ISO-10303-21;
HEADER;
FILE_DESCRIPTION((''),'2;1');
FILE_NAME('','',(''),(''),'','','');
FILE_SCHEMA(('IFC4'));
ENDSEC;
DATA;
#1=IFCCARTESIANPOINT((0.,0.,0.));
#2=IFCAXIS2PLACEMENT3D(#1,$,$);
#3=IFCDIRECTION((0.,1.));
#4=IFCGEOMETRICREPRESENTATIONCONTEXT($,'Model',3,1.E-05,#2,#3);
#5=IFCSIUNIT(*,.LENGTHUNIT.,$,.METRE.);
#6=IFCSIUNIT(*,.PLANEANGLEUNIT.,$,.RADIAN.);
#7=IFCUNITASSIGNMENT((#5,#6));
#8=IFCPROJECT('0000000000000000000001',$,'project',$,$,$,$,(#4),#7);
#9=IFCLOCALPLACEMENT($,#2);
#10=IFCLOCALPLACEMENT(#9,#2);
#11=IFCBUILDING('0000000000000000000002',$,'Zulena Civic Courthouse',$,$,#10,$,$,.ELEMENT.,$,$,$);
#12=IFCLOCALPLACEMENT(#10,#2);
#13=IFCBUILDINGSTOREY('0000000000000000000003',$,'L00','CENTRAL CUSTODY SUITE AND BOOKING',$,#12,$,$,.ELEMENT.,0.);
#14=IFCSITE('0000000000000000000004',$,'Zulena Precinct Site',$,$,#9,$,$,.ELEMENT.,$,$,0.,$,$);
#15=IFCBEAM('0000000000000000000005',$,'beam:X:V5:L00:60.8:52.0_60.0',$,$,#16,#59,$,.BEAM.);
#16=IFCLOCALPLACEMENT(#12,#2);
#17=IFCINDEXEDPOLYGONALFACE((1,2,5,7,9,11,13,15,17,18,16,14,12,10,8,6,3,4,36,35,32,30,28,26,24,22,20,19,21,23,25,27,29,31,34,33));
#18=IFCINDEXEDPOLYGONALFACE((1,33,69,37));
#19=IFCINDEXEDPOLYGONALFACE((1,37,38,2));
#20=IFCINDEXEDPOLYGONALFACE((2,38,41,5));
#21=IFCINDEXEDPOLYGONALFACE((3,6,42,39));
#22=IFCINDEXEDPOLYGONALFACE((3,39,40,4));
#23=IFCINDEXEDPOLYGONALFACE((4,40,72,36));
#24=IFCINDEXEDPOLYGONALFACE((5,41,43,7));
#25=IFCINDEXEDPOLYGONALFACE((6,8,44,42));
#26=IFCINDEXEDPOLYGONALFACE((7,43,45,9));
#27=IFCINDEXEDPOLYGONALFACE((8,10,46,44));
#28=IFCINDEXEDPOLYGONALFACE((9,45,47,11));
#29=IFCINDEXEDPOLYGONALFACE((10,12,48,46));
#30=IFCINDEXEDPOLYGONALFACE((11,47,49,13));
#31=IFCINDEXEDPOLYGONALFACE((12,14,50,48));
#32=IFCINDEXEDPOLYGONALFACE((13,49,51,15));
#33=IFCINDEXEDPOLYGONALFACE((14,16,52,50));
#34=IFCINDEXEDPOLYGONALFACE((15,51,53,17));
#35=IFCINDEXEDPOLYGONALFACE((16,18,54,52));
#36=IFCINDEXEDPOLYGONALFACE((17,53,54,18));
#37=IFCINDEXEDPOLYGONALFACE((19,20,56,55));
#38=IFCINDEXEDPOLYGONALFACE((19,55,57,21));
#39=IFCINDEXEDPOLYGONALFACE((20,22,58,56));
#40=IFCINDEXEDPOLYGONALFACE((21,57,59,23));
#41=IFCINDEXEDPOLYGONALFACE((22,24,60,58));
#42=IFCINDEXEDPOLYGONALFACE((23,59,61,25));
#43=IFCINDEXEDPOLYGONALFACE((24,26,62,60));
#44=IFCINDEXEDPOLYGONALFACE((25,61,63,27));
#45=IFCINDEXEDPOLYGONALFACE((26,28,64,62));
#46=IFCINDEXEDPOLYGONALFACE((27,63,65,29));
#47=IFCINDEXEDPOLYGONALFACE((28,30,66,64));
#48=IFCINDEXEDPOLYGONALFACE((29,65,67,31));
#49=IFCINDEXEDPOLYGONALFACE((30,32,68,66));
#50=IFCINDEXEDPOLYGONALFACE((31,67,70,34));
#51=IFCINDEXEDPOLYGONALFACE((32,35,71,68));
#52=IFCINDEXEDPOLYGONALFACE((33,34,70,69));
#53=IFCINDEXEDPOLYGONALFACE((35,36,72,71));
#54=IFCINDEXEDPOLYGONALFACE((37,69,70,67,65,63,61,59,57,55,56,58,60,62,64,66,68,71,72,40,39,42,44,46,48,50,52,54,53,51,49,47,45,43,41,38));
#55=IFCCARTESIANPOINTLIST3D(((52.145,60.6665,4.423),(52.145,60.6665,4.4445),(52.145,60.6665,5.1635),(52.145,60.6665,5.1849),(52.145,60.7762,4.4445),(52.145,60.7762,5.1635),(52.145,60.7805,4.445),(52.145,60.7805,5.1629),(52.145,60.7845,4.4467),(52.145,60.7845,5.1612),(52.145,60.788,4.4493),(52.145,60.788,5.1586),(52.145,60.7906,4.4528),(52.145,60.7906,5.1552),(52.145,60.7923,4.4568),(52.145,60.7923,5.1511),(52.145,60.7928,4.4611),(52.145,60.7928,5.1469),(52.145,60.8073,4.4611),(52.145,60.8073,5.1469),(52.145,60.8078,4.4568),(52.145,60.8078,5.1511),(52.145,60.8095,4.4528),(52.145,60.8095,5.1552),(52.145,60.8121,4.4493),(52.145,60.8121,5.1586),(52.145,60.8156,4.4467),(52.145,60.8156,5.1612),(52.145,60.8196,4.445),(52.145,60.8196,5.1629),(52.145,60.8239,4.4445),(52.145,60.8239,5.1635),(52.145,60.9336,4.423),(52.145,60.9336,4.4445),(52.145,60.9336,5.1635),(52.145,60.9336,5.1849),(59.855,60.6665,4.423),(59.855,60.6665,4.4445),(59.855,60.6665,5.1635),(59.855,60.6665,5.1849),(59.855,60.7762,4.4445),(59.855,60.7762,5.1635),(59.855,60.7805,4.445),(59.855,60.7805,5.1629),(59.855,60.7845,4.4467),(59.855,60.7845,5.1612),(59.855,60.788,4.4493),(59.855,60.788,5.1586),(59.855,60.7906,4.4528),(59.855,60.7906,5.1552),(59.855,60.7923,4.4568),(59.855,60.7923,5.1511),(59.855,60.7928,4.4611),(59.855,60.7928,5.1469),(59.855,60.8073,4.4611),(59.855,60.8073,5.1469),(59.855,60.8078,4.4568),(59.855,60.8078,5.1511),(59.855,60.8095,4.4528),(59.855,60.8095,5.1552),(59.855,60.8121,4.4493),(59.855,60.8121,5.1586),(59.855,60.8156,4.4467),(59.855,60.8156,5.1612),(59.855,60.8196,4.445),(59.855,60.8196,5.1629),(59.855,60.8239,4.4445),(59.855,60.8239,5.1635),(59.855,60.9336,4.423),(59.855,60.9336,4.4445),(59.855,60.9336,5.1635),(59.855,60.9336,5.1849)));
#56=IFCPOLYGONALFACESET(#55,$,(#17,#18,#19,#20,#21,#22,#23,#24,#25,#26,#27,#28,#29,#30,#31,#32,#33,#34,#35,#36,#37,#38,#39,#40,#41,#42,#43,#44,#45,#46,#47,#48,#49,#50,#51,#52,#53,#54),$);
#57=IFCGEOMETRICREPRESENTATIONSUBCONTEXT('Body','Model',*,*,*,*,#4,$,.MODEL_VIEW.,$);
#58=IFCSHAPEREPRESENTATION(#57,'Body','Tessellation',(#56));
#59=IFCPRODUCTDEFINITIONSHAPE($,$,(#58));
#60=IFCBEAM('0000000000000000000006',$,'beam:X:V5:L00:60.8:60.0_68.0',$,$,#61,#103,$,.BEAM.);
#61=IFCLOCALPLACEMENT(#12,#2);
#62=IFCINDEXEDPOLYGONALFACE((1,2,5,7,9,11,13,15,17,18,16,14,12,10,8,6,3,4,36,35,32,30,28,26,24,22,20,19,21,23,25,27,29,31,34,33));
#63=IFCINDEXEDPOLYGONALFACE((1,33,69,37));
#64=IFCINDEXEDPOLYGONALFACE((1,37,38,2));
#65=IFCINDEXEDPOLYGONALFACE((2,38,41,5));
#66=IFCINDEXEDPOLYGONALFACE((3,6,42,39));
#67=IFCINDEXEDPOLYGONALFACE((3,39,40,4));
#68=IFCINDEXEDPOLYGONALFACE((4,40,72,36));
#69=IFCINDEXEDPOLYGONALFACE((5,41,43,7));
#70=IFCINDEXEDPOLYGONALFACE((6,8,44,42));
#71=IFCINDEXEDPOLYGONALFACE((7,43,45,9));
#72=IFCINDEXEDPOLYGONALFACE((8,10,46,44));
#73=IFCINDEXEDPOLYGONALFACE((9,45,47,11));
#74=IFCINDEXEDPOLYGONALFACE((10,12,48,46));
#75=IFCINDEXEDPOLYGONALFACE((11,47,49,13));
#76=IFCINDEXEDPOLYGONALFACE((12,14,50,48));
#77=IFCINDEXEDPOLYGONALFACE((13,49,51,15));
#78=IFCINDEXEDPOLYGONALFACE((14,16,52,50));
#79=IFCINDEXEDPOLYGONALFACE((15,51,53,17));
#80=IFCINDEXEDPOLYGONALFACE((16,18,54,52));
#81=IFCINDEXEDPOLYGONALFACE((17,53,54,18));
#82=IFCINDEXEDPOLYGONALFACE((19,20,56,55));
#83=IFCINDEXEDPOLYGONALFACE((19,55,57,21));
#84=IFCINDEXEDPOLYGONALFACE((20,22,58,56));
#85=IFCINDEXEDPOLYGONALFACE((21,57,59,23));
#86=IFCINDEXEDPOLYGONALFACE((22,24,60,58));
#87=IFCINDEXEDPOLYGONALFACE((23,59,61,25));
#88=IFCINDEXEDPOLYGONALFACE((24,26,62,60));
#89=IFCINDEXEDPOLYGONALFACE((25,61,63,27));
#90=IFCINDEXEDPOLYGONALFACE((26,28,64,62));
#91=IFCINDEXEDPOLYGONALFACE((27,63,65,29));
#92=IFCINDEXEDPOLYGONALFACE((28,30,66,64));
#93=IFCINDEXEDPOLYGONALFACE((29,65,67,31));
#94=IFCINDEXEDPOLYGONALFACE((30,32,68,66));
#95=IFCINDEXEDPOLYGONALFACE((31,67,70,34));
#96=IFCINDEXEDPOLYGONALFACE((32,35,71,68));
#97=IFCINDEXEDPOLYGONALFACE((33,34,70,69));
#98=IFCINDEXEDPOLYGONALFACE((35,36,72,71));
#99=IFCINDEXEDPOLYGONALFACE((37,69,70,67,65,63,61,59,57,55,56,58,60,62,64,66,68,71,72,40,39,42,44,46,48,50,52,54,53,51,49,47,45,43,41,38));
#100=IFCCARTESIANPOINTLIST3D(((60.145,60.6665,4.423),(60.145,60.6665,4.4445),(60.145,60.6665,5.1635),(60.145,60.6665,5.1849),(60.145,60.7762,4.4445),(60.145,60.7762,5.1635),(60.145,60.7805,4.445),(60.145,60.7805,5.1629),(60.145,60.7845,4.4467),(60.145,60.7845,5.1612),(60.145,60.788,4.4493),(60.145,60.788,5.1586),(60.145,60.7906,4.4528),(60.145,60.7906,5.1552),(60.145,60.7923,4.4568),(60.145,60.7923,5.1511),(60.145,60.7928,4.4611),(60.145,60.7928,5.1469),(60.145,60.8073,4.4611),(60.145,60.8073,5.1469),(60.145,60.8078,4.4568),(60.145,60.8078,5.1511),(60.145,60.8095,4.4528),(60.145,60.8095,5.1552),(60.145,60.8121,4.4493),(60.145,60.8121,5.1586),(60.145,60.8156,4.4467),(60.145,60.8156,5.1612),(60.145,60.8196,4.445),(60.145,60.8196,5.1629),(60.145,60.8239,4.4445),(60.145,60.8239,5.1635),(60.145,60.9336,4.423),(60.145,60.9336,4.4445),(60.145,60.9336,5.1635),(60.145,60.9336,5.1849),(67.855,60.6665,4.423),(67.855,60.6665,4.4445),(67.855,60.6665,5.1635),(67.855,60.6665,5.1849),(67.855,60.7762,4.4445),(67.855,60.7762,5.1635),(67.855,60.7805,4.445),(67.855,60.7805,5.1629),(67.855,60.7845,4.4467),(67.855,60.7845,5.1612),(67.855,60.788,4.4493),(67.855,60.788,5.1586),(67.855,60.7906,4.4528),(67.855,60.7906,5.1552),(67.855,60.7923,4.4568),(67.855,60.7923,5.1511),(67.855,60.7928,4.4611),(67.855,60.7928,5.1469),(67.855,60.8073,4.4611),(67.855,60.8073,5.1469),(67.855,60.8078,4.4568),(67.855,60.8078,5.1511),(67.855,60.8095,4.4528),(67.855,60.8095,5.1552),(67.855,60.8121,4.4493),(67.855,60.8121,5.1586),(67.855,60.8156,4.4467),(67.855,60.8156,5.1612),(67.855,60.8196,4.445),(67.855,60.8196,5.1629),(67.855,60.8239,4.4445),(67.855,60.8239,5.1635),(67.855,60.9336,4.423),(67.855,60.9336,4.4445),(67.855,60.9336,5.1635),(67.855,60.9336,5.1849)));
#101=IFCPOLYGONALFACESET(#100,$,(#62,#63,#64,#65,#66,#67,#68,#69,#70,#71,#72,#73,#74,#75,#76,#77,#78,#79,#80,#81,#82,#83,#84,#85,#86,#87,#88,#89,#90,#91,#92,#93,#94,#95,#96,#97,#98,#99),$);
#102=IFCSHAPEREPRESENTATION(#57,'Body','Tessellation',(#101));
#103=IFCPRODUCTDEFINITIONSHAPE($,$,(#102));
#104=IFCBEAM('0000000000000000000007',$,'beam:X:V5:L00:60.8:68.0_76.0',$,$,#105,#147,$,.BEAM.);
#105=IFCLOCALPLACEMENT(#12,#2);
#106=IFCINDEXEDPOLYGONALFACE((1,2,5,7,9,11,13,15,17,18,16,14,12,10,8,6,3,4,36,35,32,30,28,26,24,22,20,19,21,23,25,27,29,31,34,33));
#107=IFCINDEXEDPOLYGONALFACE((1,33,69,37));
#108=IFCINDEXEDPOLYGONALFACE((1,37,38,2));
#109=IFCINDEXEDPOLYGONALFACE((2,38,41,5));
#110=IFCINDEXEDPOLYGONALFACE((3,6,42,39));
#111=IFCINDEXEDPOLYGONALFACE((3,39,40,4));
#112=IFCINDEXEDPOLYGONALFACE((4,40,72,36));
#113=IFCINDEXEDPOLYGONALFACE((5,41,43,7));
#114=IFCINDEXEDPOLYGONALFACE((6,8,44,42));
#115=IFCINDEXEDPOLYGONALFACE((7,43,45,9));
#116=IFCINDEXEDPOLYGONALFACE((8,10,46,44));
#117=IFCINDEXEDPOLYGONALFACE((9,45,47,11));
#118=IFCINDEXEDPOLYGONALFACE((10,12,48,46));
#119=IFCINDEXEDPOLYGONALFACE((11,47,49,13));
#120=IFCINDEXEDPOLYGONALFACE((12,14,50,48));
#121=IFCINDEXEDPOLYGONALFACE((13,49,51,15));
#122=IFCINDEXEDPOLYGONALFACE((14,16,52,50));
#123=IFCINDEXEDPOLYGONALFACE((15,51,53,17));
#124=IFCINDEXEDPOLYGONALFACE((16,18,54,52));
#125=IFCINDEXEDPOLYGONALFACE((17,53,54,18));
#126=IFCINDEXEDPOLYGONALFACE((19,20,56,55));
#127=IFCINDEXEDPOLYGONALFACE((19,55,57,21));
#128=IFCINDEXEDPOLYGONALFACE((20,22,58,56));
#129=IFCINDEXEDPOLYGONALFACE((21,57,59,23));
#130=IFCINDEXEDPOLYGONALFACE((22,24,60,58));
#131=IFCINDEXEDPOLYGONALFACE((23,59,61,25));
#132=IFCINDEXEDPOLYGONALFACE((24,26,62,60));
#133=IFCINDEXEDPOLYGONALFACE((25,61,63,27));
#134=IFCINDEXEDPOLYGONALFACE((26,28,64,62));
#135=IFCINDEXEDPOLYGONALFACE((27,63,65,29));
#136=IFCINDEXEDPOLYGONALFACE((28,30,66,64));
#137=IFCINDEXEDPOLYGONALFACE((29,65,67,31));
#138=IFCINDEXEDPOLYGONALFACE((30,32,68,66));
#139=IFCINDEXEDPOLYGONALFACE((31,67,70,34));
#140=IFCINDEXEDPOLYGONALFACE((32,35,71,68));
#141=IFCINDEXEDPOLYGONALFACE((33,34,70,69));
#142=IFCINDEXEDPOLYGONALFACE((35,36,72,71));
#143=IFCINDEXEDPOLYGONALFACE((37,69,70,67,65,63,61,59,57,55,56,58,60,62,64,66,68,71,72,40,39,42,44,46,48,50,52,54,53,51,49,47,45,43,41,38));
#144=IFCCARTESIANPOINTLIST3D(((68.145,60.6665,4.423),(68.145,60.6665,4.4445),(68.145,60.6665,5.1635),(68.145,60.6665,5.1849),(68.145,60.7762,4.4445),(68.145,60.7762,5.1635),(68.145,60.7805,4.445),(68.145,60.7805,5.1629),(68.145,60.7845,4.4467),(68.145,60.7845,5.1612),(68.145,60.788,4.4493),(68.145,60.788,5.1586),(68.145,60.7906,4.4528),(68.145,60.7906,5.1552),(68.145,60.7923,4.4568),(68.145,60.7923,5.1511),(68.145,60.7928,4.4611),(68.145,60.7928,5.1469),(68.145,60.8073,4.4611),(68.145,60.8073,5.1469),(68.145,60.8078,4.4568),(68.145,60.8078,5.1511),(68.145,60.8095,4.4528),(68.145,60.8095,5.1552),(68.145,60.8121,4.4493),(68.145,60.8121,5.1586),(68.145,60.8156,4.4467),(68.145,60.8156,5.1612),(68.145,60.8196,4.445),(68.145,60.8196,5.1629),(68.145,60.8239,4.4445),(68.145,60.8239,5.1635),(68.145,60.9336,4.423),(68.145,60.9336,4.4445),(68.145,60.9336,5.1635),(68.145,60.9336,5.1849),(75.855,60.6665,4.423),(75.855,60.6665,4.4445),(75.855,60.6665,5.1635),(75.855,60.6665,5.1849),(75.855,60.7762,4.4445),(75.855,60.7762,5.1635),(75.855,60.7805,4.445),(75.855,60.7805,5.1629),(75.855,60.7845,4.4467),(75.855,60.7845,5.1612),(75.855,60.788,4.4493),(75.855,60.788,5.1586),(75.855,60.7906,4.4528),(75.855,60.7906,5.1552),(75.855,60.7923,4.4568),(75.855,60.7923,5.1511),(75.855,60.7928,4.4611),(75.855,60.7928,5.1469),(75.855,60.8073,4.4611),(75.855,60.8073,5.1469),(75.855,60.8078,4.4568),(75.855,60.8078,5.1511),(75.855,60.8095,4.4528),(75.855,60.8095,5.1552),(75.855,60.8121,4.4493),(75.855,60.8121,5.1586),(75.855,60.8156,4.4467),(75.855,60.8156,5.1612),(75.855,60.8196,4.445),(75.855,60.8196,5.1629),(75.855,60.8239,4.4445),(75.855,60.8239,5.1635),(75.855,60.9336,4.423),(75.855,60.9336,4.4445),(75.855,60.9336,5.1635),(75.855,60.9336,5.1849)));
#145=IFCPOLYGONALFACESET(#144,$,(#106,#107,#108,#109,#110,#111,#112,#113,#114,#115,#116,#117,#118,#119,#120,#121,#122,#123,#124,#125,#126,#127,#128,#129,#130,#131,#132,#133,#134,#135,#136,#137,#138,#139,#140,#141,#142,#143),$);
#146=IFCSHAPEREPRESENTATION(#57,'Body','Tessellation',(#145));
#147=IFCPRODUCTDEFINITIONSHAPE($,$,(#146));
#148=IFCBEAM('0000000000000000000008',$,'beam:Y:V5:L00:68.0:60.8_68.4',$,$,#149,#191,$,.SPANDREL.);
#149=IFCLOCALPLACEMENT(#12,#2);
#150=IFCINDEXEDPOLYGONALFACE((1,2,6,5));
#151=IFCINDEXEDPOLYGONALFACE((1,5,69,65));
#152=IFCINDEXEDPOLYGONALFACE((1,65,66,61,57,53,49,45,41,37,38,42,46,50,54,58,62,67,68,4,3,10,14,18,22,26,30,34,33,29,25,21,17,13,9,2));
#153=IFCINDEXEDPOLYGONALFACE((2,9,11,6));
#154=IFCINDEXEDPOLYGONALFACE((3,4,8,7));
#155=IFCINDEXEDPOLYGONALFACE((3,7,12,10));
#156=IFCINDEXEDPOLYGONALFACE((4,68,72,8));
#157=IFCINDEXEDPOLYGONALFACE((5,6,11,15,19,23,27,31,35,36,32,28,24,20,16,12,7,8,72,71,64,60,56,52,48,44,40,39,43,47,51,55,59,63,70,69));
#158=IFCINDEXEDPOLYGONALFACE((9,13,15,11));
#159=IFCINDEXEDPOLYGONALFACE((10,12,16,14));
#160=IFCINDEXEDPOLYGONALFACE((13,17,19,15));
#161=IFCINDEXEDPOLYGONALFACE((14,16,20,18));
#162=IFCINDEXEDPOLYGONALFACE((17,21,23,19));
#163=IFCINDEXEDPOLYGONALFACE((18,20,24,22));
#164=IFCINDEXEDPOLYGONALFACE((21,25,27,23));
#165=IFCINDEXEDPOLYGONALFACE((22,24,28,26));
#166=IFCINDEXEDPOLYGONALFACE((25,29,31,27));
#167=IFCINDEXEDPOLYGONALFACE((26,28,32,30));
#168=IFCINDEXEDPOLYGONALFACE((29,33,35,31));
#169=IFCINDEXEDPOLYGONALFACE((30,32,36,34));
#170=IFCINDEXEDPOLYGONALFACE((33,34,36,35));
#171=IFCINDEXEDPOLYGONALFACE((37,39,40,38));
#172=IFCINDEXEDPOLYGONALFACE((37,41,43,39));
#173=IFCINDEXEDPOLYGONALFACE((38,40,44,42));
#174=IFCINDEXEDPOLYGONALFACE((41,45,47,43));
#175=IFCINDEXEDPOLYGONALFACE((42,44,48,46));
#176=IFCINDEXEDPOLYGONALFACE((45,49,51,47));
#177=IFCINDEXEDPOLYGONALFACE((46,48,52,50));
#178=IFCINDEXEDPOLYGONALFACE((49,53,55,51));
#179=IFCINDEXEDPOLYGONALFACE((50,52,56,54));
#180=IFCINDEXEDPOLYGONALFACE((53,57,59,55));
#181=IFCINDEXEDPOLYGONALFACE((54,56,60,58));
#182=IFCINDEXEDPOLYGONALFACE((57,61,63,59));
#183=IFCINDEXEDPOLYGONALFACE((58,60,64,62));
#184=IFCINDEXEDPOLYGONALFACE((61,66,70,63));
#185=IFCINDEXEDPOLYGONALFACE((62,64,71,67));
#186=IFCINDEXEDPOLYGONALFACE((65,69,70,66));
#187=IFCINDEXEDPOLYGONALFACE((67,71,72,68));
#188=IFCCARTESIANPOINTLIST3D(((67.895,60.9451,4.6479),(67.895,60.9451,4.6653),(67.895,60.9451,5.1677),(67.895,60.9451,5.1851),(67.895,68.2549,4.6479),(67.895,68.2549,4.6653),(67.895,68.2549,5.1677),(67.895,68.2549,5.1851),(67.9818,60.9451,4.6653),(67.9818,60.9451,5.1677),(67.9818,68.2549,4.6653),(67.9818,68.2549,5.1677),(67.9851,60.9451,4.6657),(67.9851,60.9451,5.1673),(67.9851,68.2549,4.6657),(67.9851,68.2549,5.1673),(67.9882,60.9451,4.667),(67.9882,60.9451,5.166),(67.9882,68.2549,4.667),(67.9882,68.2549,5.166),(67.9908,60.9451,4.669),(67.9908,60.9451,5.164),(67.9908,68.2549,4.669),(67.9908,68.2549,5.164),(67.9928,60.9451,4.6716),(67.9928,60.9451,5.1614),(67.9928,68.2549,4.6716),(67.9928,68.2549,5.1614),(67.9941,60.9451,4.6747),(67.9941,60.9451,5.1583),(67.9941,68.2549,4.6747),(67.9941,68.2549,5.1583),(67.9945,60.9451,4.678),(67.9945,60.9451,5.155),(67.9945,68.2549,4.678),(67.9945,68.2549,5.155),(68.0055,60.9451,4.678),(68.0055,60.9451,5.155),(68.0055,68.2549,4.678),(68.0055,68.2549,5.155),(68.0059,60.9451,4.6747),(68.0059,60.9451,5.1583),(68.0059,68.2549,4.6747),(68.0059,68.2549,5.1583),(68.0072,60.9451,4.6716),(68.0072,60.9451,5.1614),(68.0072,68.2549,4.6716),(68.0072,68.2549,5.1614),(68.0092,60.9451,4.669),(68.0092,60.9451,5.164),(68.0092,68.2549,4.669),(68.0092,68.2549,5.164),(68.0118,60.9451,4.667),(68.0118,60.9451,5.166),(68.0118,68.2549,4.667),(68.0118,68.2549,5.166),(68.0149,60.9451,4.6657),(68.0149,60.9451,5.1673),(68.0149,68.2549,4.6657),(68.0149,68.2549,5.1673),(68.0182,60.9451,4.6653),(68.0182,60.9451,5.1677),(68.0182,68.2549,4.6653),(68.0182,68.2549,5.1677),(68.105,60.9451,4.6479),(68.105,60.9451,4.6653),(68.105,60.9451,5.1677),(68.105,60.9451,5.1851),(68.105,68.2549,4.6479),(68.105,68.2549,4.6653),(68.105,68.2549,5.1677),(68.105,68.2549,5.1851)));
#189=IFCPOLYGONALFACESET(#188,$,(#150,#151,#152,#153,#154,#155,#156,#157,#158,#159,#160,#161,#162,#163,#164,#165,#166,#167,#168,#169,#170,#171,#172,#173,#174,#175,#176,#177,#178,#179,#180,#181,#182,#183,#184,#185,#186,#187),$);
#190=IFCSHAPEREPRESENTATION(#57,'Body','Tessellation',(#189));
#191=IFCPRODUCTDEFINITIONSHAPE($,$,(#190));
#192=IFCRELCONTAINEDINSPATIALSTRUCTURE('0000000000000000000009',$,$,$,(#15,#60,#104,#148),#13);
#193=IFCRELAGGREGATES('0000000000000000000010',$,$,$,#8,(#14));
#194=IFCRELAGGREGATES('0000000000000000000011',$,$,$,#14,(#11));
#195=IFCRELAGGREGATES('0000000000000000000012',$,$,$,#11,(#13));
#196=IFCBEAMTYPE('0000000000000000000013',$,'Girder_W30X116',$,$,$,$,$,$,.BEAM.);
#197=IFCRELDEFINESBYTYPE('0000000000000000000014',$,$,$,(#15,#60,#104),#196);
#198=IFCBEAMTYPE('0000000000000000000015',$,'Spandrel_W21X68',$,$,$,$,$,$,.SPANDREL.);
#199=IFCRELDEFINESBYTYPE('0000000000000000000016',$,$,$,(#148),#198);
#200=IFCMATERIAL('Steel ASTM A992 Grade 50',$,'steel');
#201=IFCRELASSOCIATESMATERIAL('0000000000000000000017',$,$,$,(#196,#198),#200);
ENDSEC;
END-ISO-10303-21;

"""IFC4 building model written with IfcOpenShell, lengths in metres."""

from ifc_helpers import new_model, si_unit, direction, frame, origin, origin_2d, place, context, subcontext, project, spatial, i_section, extrude, material, material_profile, profile_set, type_object, element, save


model = new_model("IFC4")

# Units and contexts
model_context = context("Model", 3, precision=1e-05, world=origin(), true_north=direction((0.0, 1.0)))
body_context = subcontext(model_context, "Body", "Model", "MODEL_VIEW")
ifc_project = project(units=[si_unit("LENGTHUNIT", "METRE"), si_unit("PLANEANGLEUNIT", "RADIAN")], contexts=[model_context])

# Site, building, storey
site_placement = place(None, origin())
site = spatial("IfcSite", under=ifc_project, at=site_placement, Name="Zulena Precinct Site", CompositionType="ELEMENT", RefElevation=0.0)
building_placement = place(site_placement, origin())
building = spatial("IfcBuilding", under=site, at=building_placement, Name="Zulena Civic Courthouse", CompositionType="ELEMENT")
storey_placement = place(building_placement, origin())
storey = spatial("IfcBuildingStorey", under=building, at=storey_placement, Name="L00", Description="CENTRAL CUSTODY SUITE AND BOOKING", CompositionType="ELEMENT", Elevation=0.0)

# Shared definitions
ifc_material_1 = material(Name="Steel ASTM A992 Grade 50", Category="steel")

# Beams
ifc_material_profile_1 = material_profile(ifc_material_1, i_section(OverallWidth=0.2671, OverallDepth=0.762, WebThickness=0.0144, FlangeThickness=0.0215, FilletRadius=0.0166, at=origin_2d()), Name="W30X116")
ifc_profile_set_1 = profile_set([ifc_material_profile_1], Name="Steel ASTM A992 Grade 50")
beam_type_1 = type_object("IfcBeamType", Name="Girder_W30X116", PredefinedType="BEAM", material=ifc_profile_set_1)
for number, where, z_axis, x_axis, name in (
    (1, (52.145, 60.8, 4.804), (1.0, 0.0, 0.0), (0.0, 1.0, 0.0), "beam:X:V5:L00:60.8:52.0_60.0"),
    (2, (60.145, 60.8, 4.804), (1.0, 0.0, 0.0), (0.0, 1.0, 0.0), "beam:X:V5:L00:60.8:60.0_68.0"),
    (3, (68.145, 60.8, 4.804), (1.0, 0.0, 0.0), (0.0, 1.0, 0.0), "beam:X:V5:L00:60.8:68.0_76.0"),
):
    element("IfcBeam", number, at=place(storey_placement, frame(where, z_axis=z_axis, x_axis=x_axis)), inside=storey, type_object=beam_type_1, Name=name, PredefinedType="BEAM", context=body_context, shape_type="SweptSolid", body=[
        extrude(i_section(OverallWidth=0.2671, OverallDepth=0.762, WebThickness=0.0144, FlangeThickness=0.0215, FilletRadius=0.0166, at=origin_2d()), origin(), (0.0, 0.0, 1.0), 7.71),
    ])
ifc_material_profile_2 = material_profile(ifc_material_1, i_section(OverallWidth=0.21, OverallDepth=0.5371, WebThickness=0.011, FlangeThickness=0.0173, FilletRadius=0.0127, at=origin_2d()), Name="W21X68")
ifc_profile_set_2 = profile_set([ifc_material_profile_2], Name="Steel ASTM A992 Grade 50")
beam_type_2 = type_object("IfcBeamType", Name="Spandrel_W21X68", PredefinedType="SPANDREL", material=ifc_profile_set_2)
beam_1_placement = place(storey_placement, frame((68.0, 60.9451, 4.9165), z_axis=(0.0, 1.0, 0.0), x_axis=(-1.0, 0.0, 0.0)))
element("IfcBeam", 4, at=beam_1_placement, inside=storey, type_object=beam_type_2, Name="beam:Y:V5:L00:68.0:60.8_68.4", PredefinedType="SPANDREL", context=body_context, shape_type="SweptSolid", body=[
    extrude(i_section(OverallWidth=0.21, OverallDepth=0.5371, WebThickness=0.011, FlangeThickness=0.0173, FilletRadius=0.0127, at=origin_2d()), origin(), (0.0, 0.0, 1.0), 7.3098),
])

save(model, "model.ifc")
